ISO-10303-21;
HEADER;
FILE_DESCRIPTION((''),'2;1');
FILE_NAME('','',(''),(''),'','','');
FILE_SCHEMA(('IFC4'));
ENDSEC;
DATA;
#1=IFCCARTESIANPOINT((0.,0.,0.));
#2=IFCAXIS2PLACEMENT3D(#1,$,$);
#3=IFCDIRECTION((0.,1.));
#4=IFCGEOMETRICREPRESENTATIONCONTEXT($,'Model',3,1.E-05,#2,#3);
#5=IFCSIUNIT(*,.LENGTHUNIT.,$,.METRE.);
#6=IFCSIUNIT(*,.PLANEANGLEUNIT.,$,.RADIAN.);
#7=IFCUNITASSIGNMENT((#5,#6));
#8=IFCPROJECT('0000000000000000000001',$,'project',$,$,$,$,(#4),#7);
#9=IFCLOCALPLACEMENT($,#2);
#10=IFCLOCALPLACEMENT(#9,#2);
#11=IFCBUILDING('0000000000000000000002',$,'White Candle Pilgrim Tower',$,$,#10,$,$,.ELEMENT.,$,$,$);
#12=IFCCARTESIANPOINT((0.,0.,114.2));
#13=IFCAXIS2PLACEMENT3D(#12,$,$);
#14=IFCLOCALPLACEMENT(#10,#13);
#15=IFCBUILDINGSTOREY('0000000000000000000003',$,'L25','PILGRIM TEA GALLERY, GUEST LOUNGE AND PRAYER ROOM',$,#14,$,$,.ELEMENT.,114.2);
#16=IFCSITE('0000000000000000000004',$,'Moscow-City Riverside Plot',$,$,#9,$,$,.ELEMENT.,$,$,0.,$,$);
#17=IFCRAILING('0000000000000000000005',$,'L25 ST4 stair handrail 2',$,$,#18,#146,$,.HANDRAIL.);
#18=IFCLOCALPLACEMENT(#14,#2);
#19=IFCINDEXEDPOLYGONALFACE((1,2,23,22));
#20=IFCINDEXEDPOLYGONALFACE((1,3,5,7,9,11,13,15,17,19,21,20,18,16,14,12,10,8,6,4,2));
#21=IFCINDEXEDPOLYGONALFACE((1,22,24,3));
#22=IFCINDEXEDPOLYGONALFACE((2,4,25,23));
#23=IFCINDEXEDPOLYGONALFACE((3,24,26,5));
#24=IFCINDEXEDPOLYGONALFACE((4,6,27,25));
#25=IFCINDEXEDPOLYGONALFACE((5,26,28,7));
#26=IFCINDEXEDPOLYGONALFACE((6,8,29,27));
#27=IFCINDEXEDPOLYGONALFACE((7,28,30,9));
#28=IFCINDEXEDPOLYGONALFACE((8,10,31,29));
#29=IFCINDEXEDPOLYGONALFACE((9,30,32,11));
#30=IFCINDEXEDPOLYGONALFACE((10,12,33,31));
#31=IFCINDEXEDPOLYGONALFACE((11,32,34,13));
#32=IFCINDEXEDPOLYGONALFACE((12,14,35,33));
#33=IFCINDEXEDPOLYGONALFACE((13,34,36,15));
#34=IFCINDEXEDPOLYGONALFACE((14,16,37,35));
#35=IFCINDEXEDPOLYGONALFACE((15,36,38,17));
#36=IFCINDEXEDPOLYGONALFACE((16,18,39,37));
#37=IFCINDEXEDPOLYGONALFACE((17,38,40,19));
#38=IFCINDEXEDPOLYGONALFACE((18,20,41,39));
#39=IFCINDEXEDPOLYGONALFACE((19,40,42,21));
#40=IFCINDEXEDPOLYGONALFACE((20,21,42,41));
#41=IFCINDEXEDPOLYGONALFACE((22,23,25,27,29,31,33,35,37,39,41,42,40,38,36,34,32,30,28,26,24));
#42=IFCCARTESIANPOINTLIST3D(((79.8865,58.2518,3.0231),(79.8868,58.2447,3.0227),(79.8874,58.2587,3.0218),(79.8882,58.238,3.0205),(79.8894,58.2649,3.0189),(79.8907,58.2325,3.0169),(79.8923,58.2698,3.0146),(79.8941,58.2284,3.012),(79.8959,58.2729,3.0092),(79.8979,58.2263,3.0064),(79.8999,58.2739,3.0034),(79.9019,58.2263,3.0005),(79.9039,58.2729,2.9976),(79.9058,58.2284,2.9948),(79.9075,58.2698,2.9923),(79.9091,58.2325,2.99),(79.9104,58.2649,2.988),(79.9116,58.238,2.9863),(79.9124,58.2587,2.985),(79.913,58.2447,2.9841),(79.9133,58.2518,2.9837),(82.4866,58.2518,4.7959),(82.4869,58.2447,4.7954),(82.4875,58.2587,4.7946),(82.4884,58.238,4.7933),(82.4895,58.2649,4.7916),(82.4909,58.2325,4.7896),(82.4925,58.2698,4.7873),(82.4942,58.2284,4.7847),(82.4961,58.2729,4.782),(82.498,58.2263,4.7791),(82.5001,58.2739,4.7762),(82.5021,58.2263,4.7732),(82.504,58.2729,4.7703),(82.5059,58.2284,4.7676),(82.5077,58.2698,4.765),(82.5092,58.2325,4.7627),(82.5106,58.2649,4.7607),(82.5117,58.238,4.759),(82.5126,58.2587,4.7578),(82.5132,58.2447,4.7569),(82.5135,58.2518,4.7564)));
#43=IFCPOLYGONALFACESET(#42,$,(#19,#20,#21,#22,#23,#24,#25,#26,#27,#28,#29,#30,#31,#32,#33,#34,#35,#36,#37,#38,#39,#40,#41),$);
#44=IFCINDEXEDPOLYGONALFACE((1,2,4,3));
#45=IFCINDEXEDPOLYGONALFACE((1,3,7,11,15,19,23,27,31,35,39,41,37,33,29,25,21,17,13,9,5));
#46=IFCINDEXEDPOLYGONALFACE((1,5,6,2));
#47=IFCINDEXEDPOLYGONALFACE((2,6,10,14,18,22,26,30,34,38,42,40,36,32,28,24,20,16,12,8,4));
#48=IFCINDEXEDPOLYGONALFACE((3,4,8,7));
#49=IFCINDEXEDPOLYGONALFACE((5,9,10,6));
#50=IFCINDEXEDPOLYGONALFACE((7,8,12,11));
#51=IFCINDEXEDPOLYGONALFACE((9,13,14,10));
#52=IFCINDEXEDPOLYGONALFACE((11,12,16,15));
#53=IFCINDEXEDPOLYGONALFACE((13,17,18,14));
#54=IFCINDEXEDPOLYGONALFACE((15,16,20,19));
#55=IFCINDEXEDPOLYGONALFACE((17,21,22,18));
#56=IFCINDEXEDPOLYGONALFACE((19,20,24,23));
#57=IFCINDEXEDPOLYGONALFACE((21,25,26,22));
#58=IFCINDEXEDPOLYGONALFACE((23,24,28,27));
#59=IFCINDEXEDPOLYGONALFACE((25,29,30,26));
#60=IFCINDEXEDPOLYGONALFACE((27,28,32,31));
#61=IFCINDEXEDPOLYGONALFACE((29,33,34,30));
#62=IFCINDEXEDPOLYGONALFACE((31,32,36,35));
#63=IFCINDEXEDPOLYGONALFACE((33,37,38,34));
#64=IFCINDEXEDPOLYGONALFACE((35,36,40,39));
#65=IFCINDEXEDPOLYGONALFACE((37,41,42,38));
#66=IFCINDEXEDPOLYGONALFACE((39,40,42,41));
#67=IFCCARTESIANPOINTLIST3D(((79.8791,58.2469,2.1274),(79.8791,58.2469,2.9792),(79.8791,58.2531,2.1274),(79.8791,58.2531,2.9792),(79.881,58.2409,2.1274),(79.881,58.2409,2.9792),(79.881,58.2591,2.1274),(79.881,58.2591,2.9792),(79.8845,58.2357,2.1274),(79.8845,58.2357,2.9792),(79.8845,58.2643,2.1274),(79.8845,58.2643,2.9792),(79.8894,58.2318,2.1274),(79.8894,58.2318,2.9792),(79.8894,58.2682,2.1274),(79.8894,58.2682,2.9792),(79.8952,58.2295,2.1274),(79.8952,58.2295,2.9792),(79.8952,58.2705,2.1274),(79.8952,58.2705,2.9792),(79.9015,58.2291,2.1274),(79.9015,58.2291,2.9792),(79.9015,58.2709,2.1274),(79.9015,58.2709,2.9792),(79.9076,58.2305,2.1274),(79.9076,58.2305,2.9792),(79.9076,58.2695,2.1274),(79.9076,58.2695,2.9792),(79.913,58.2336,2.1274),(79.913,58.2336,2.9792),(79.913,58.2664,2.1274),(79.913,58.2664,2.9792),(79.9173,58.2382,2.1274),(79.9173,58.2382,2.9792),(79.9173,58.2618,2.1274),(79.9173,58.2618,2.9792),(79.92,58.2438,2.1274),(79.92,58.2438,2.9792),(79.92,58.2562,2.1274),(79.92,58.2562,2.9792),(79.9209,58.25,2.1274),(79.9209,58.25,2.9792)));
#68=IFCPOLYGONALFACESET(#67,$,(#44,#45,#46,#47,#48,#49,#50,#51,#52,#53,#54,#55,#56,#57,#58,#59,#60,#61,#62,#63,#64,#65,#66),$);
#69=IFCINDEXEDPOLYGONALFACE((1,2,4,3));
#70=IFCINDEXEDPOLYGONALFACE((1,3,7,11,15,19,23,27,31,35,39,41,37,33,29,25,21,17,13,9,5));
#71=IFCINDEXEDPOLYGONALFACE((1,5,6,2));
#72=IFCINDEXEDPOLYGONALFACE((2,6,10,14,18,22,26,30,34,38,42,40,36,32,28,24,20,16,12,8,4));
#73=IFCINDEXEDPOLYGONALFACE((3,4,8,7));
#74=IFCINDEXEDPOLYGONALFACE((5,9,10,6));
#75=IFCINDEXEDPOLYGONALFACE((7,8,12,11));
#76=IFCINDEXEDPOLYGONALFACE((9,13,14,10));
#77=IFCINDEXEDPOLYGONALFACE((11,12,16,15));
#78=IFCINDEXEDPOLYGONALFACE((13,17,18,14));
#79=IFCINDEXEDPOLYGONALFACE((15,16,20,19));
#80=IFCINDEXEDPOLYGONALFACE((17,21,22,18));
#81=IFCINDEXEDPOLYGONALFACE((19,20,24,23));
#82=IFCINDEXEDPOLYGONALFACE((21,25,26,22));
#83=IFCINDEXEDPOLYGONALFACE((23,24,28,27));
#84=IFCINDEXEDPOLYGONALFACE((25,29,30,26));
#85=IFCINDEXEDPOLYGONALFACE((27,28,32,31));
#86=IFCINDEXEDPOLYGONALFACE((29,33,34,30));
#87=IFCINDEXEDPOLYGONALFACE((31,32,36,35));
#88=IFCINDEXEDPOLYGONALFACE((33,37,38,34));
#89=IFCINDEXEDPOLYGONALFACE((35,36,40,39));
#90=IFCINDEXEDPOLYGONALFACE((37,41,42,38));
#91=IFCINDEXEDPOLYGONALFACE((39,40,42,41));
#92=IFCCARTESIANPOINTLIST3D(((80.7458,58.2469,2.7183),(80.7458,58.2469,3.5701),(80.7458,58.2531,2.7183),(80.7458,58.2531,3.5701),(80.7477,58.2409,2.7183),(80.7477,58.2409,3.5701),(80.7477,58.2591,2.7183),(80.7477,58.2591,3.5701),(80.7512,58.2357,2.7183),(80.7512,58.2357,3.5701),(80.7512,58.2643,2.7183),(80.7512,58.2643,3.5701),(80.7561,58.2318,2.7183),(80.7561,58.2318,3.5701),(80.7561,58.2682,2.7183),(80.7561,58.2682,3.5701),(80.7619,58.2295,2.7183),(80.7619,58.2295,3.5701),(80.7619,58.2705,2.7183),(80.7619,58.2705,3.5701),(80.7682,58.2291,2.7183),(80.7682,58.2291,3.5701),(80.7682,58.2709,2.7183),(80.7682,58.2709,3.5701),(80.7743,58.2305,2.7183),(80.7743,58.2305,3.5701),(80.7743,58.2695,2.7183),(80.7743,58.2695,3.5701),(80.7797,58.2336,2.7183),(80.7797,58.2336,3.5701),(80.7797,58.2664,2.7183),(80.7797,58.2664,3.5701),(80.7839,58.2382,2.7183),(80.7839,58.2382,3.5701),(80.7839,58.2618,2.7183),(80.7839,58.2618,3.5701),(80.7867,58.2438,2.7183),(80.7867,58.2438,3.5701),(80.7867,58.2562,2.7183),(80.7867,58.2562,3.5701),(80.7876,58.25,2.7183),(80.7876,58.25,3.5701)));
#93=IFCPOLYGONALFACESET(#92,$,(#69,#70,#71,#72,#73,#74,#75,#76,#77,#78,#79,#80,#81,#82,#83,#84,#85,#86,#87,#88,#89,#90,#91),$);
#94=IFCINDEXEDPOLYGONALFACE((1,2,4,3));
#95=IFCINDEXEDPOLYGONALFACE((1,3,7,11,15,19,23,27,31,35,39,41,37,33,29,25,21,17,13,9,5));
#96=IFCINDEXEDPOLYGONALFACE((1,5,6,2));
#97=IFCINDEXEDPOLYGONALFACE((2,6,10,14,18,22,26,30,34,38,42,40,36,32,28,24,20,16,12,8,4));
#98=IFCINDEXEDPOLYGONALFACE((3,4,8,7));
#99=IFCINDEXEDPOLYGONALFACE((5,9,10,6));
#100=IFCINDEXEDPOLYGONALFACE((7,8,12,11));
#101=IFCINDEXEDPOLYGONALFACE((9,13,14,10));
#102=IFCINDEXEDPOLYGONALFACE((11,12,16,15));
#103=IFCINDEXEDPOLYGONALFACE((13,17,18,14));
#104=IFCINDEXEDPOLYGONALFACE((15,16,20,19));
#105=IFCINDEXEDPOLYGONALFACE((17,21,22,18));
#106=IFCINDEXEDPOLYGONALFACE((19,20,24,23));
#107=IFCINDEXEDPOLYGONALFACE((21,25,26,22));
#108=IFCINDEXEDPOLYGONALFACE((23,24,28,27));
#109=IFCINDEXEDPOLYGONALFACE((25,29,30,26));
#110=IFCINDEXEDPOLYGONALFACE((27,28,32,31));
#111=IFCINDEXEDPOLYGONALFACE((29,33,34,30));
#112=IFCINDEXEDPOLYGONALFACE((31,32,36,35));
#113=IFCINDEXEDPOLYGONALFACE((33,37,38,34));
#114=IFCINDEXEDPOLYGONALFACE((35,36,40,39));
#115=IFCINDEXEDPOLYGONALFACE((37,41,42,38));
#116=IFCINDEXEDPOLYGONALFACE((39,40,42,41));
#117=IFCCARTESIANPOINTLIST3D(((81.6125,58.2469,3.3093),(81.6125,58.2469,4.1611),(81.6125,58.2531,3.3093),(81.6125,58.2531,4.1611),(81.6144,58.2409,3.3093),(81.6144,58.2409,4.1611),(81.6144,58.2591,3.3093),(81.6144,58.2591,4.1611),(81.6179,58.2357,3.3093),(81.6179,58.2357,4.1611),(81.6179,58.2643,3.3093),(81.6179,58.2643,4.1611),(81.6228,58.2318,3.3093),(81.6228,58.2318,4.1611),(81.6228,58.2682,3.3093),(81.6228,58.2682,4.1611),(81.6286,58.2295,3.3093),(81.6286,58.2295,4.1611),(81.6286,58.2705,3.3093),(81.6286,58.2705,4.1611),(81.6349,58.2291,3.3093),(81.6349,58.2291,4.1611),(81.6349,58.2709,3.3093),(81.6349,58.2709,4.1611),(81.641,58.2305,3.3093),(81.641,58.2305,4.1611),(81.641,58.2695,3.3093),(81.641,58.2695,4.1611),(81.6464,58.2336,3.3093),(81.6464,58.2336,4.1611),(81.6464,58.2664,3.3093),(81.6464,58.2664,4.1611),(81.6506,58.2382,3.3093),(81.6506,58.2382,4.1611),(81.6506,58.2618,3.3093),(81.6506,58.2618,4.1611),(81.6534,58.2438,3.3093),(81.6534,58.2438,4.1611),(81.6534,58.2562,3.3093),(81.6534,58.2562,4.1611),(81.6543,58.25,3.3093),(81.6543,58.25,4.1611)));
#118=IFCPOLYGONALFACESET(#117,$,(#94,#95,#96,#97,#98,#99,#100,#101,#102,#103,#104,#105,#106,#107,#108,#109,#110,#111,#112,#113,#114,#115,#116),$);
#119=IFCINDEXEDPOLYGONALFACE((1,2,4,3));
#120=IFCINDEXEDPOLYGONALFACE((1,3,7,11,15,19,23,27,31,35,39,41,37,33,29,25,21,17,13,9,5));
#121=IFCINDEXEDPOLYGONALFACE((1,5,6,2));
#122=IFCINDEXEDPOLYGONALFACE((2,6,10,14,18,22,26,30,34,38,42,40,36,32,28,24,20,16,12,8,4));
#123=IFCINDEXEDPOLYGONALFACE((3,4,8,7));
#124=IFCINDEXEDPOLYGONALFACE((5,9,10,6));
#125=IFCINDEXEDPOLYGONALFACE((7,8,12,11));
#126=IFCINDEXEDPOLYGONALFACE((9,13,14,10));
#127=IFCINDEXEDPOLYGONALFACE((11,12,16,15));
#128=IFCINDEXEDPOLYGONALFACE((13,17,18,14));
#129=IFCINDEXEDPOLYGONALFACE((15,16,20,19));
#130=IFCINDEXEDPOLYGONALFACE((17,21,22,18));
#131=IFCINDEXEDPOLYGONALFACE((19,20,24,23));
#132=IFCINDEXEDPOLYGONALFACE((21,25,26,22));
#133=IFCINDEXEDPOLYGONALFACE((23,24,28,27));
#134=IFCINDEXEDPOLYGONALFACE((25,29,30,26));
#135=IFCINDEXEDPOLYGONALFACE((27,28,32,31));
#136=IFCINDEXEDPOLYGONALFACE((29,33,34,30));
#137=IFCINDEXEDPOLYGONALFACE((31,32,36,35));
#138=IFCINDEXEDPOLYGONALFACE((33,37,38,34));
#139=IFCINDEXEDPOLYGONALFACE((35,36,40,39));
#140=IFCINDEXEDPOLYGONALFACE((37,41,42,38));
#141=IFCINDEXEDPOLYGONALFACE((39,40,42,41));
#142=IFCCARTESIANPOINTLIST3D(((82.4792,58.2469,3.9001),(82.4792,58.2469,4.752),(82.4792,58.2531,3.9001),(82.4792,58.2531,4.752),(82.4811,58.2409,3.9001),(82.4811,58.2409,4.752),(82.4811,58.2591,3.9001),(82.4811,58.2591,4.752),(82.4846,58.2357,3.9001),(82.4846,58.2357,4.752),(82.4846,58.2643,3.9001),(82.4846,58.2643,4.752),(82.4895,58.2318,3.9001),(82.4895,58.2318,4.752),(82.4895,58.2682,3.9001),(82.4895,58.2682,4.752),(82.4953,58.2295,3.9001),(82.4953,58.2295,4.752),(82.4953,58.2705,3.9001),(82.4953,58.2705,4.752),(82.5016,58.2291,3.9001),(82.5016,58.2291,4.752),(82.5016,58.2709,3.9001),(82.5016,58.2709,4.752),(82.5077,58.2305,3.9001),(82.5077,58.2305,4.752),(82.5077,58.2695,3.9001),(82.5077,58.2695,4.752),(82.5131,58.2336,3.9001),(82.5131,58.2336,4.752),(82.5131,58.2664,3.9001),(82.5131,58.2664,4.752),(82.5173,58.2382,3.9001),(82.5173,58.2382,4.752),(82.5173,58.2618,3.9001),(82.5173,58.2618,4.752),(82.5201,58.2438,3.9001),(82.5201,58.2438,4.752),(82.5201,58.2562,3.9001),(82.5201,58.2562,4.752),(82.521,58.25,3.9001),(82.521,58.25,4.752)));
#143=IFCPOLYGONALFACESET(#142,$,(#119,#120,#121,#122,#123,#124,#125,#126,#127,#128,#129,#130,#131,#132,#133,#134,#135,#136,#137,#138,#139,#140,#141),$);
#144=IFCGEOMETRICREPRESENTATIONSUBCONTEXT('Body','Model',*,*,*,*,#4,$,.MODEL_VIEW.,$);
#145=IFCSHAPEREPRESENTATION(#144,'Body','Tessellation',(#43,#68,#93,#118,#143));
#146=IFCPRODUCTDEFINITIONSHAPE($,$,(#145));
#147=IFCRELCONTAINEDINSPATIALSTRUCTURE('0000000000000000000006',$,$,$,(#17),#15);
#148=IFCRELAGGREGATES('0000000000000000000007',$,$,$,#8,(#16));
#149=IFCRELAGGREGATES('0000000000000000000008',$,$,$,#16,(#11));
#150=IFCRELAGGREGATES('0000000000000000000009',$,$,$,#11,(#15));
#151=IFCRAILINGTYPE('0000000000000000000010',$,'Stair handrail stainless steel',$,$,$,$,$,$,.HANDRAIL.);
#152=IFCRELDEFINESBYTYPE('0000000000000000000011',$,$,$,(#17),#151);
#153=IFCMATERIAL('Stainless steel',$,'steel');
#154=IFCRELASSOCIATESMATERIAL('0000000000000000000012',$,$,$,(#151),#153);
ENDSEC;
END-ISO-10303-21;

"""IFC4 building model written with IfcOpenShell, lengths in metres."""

from ifc_helpers import new_model, si_unit, direction, frame, origin, origin_2d, place, context, subcontext, project, spatial, circle, extrude, material, type_object, element, save


model = new_model("IFC4")

# Units and contexts
model_context = context("Model", 3, precision=1e-05, world=origin(), true_north=direction((0.0, 1.0)))
body_context = subcontext(model_context, "Body", "Model", "MODEL_VIEW")
ifc_project = project(units=[si_unit("LENGTHUNIT", "METRE"), si_unit("PLANEANGLEUNIT", "RADIAN")], contexts=[model_context])

# Site, building, storey
site_placement = place(None, origin())
site = spatial("IfcSite", under=ifc_project, at=site_placement, Name="Moscow-City Riverside Plot", CompositionType="ELEMENT", RefElevation=0.0)
building_placement = place(site_placement, origin())
building = spatial("IfcBuilding", under=site, at=building_placement, Name="White Candle Pilgrim Tower", CompositionType="ELEMENT")
storey_placement = place(building_placement, frame((0.0, 0.0, 114.2)))
storey = spatial("IfcBuildingStorey", under=building, at=storey_placement, Name="L25", Description="PILGRIM TEA GALLERY, GUEST LOUNGE AND PRAYER ROOM", CompositionType="ELEMENT", Elevation=114.2)

# Railing
ifc_material_1 = material(Name="Stainless steel", Category="steel")
railing_type_1 = type_object("IfcRailingType", Name="Stair handrail stainless steel", PredefinedType="HANDRAIL", material=ifc_material_1)
railing_1_placement = place(storey_placement, frame((79.8999, 58.25, 2.1274)))
element("IfcRailing", 1, at=railing_1_placement, inside=storey, type_object=railing_type_1, Name="L25 ST4 stair handrail 2", PredefinedType="HANDRAIL", context=body_context, shape_type="SweptSolid", body=[
    extrude(circle(Radius=0.0239, at=origin_2d()), frame((0.0, 0.0, 0.876), z_axis=(0.82624, 0.0, 0.563318), x_axis=(0.0, 1.0, 0.0)), (0.0, 0.0, 1.0), 3.147),
    extrude(circle(Radius=0.021, at=origin_2d()), origin(), (0.0, 0.0, 1.0), 0.8518),
    extrude(circle(Radius=0.021, at=origin_2d()), frame((0.8667, 0.0, 0.5908)), (0.0, 0.0, 1.0), 0.8518),
    extrude(circle(Radius=0.021, at=origin_2d()), frame((1.7334, 0.0, 1.1819)), (0.0, 0.0, 1.0), 0.8518),
    extrude(circle(Radius=0.021, at=origin_2d()), frame((2.6001, 0.0, 1.7727)), (0.0, 0.0, 1.0), 0.8518),
])

save(model, "model.ifc")
